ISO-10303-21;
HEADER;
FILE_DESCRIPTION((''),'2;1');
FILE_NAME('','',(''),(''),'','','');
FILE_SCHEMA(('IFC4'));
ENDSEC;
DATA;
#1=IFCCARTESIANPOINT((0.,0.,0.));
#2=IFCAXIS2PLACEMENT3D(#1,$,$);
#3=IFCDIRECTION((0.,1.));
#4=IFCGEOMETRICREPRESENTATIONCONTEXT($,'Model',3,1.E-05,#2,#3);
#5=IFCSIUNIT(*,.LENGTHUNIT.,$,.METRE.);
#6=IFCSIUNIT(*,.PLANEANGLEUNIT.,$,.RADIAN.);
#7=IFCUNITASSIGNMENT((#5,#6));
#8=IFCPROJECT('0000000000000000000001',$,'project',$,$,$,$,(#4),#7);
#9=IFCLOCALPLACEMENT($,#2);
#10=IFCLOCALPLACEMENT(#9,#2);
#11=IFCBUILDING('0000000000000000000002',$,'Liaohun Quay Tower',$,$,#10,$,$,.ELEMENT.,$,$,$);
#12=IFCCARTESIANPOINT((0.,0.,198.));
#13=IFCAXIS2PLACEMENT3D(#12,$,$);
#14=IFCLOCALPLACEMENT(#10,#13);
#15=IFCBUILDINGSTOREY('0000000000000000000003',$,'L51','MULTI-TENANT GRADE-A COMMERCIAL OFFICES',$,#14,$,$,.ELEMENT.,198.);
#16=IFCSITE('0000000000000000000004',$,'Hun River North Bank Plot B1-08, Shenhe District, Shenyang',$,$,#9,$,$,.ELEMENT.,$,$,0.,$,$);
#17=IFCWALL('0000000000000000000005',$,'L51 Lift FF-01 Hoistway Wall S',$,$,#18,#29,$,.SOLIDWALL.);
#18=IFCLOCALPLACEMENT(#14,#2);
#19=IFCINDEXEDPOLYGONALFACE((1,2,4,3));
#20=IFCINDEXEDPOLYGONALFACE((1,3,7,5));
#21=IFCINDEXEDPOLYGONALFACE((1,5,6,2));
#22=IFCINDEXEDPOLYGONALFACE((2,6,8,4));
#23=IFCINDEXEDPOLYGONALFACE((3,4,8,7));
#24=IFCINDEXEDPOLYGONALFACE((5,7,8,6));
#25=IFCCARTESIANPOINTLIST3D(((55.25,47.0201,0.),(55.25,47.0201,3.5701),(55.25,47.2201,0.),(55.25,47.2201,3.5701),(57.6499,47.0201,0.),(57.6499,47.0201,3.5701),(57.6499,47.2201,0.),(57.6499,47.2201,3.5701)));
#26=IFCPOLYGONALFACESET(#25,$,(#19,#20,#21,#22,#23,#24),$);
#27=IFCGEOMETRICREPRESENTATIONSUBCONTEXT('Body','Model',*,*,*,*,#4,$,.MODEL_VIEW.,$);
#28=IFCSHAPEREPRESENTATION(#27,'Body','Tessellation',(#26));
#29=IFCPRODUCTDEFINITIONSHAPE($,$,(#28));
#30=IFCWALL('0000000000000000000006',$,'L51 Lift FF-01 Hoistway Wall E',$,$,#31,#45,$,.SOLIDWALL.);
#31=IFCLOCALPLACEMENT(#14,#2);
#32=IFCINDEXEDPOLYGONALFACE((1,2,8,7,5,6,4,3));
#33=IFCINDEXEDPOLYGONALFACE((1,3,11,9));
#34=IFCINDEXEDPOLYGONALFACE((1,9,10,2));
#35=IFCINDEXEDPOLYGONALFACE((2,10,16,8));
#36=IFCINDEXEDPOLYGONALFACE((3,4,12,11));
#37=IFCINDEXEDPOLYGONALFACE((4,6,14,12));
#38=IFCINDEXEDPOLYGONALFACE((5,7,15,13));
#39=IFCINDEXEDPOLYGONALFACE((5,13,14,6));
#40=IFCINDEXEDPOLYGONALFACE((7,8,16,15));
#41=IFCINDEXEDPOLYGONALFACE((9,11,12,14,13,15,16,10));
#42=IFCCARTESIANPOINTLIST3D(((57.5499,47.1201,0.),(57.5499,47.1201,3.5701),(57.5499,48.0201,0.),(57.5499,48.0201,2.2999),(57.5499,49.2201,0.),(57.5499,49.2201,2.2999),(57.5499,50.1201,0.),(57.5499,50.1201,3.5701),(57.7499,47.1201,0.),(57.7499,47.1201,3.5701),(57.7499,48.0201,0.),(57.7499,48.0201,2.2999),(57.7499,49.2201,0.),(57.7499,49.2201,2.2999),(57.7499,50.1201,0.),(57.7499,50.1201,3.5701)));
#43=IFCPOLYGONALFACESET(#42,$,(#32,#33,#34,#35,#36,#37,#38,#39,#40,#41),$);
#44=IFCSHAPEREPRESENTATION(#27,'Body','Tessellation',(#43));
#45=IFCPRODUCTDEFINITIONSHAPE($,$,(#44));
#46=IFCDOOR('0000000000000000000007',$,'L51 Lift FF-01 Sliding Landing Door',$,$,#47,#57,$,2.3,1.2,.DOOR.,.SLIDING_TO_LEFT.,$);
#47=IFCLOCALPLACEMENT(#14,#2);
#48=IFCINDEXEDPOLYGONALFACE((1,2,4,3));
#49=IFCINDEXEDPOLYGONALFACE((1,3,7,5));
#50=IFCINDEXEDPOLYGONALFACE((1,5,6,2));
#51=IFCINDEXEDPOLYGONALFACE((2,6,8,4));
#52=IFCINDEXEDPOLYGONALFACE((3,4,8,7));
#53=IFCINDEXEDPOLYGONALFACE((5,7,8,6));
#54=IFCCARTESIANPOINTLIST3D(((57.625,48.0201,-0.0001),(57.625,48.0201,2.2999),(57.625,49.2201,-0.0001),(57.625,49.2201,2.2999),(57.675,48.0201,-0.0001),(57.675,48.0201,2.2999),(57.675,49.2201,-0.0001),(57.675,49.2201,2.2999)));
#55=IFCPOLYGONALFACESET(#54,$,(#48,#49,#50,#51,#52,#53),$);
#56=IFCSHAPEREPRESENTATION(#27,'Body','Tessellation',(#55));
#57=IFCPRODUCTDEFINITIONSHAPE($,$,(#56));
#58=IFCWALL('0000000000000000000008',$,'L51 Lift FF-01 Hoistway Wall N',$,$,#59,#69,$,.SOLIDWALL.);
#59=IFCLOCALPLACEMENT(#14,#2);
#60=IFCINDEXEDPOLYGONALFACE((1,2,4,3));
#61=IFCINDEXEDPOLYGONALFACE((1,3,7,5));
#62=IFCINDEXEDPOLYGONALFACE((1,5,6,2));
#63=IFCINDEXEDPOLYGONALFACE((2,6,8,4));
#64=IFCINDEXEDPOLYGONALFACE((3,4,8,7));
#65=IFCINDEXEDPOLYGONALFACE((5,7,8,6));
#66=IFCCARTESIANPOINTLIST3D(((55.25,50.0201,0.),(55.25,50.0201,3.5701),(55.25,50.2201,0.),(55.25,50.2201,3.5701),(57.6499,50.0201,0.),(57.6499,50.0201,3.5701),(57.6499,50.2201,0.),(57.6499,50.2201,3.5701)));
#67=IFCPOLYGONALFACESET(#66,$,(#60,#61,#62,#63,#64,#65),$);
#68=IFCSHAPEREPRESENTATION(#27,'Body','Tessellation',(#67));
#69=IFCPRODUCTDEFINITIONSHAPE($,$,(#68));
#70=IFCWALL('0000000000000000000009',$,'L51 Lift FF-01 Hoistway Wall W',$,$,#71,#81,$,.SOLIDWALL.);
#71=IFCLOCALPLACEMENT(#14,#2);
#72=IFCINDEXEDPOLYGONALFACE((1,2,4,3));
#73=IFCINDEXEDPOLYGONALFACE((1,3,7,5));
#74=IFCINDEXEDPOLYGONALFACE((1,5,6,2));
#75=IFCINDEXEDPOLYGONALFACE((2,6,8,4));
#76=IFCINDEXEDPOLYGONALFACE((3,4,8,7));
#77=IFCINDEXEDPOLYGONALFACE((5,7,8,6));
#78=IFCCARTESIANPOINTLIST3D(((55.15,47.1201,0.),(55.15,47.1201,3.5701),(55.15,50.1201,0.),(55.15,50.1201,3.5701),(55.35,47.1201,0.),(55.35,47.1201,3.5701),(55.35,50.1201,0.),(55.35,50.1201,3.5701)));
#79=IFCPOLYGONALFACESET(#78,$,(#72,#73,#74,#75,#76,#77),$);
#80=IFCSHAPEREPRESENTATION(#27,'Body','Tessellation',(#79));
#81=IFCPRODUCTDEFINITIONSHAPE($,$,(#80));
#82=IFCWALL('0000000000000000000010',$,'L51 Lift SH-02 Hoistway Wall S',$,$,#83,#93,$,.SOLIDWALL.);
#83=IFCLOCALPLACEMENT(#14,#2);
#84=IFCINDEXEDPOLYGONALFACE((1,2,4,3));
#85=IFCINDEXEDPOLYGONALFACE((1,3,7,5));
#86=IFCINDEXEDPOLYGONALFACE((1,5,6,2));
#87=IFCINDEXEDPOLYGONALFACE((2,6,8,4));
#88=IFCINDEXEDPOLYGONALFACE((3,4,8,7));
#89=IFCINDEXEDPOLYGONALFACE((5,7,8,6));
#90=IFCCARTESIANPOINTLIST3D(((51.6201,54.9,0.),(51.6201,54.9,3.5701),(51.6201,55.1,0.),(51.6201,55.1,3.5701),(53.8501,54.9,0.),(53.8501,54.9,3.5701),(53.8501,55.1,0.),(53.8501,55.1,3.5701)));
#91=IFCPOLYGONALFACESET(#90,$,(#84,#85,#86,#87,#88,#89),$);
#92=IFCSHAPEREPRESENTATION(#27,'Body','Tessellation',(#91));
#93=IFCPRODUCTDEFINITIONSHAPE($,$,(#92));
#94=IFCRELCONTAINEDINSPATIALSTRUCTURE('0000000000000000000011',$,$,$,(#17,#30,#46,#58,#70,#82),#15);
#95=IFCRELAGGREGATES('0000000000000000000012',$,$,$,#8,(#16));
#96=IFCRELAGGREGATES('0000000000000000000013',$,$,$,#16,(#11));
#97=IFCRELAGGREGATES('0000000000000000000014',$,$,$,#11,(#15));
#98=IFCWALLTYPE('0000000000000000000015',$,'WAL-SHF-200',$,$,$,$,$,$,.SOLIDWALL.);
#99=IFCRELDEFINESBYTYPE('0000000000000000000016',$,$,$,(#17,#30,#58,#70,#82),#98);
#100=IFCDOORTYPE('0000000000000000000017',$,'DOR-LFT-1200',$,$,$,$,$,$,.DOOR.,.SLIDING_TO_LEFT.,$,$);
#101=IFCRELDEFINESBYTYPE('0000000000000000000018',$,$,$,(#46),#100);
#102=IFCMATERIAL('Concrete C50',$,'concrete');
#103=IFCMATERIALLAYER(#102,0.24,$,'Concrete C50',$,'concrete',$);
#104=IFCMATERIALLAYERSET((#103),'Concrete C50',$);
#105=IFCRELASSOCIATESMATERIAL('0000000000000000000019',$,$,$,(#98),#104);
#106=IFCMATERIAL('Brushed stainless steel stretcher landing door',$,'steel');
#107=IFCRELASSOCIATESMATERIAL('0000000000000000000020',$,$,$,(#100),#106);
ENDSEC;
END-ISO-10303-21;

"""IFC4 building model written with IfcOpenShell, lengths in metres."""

from ifc_helpers import new_model, si_unit, direction, frame, frame_2d, origin, place, context, subcontext, project, spatial, rectangle, extrude, source, transform, mapped, material, layer, layer_set, type_object, element, fill, save


model = new_model("IFC4")

# Units and contexts
model_context = context("Model", 3, precision=1e-05, world=origin(), true_north=direction((0.0, 1.0)))
body_context = subcontext(model_context, "Body", "Model", "MODEL_VIEW")
ifc_project = project(units=[si_unit("LENGTHUNIT", "METRE"), si_unit("PLANEANGLEUNIT", "RADIAN")], contexts=[model_context])

# Site, building, storey
site_placement = place(None, origin())
site = spatial("IfcSite", under=ifc_project, at=site_placement, Name="Hun River North Bank Plot B1-08, Shenhe District, Shenyang", CompositionType="ELEMENT", RefElevation=0.0)
building_placement = place(site_placement, origin())
building = spatial("IfcBuilding", under=site, at=building_placement, Name="Liaohun Quay Tower", CompositionType="ELEMENT")
storey_placement = place(building_placement, frame((0.0, 0.0, 198.0)))
storey = spatial("IfcBuildingStorey", under=building, at=storey_placement, Name="L51", Description="MULTI-TENANT GRADE-A COMMERCIAL OFFICES", CompositionType="ELEMENT", Elevation=198.0)

# Wall
ifc_material_1 = material(Name="Concrete C50", Category="concrete")
ifc_layer_1 = layer(ifc_material_1, 0.24, Name="Concrete C50", Category="concrete")
ifc_layer_set_1 = layer_set([ifc_layer_1], Name="Concrete C50")
wall_type_1 = type_object("IfcWallType", Name="WAL-SHF-200", PredefinedType="SOLIDWALL", material=ifc_layer_set_1)
wall_1_placement = place(storey_placement, frame((55.25, 47.1201, 0.0), z_axis=(0.0, 0.0, 1.0), x_axis=(1.0, 0.0, 0.0)))
element("IfcWall", 1, at=wall_1_placement, inside=storey, type_object=wall_type_1, Name="L51 Lift FF-01 Hoistway Wall S", PredefinedType="SOLIDWALL", context=body_context, shape_type="SweptSolid", body=[
    extrude(rectangle(XDim=2.3999, YDim=0.2, at=frame_2d((1.2, 0.0))), origin(), (0.0, 0.0, 1.0), 3.5701),
])

# Wall, opening, door
wall_2_placement = place(storey_placement, frame((57.6499, 47.1201, 0.0), z_axis=(0.0, 0.0, 1.0), x_axis=(0.0, 1.0, 0.0)))
wall_2 = element("IfcWall", 2, at=wall_2_placement, inside=storey, type_object=wall_type_1, Name="L51 Lift FF-01 Hoistway Wall E", PredefinedType="SOLIDWALL", context=body_context, shape_type="SweptSolid", body=[
    extrude(rectangle(XDim=3.0, YDim=0.2, at=frame_2d((1.5, 0.0))), origin(), (0.0, 0.0, 1.0), 3.5701),
])
shared_shape_1 = source(origin(), body_context, "Body", "SweptSolid", [
    extrude(rectangle(XDim=1.2, YDim=2.3, at=frame_2d((0.6001, 1.1499))), frame((0.0, 0.1099, 0.0), z_axis=(0.0, -1.0, 0.0), x_axis=(1.0, 0.0, 0.0)), (0.0, 0.0, 1.0), 0.22),
])
opening_1_placement = place(wall_2_placement, frame((0.8999, 0.0, 0.0)))
opening_1 = element("IfcOpeningElement", 3, at=opening_1_placement, cuts=wall_2, PredefinedType="OPENING", context=body_context, shape_type="MappedRepresentation", body=[
    mapped(shared_shape_1, transform((0.0, 0.0, 0.0), x_axis=(1.0, 0.0, 0.0), y_axis=(0.0, 1.0, 0.0), z_axis=(0.0, 0.0, 1.0), scale=1.0)),
])
ifc_material_2 = material(Name="Brushed stainless steel stretcher landing door", Category="steel")
door_type_1 = type_object("IfcDoorType", Name="DOR-LFT-1200", OperationType="SLIDING_TO_LEFT", PredefinedType="DOOR", material=ifc_material_2)
shared_shape_2 = source(origin(), body_context, "Body", "SweptSolid", [
    extrude(rectangle(XDim=1.2, YDim=2.3, at=frame_2d((0.6001, 1.1499))), frame((0.0, 0.0249, 0.0), z_axis=(0.0, -1.0, 0.0), x_axis=(1.0, 0.0, 0.0)), (0.0, 0.0, 1.0), 0.05),
])
door_1_placement = place(opening_1_placement, origin())
door_1 = element("IfcDoor", 4, at=door_1_placement, inside=storey, type_object=door_type_1, Name="L51 Lift FF-01 Sliding Landing Door", OperationType="SLIDING_TO_LEFT", OverallHeight=2.3, OverallWidth=1.2, PredefinedType="DOOR", context=body_context, shape_type="MappedRepresentation", body=[
    mapped(shared_shape_2, transform((0.0, 0.0, 0.0), x_axis=(1.0, 0.0, 0.0), y_axis=(0.0, 1.0, 0.0), z_axis=(0.0, 0.0, 1.0), scale=1.0)),
])
fill(opening_1, door_1)

# Walls
wall_3_placement = place(storey_placement, frame((57.6499, 50.1201, 0.0), z_axis=(0.0, 0.0, 1.0), x_axis=(-1.0, 0.0, 0.0)))
element("IfcWall", 5, at=wall_3_placement, inside=storey, type_object=wall_type_1, Name="L51 Lift FF-01 Hoistway Wall N", PredefinedType="SOLIDWALL", context=body_context, shape_type="SweptSolid", body=[
    extrude(rectangle(XDim=2.3999, YDim=0.2, at=frame_2d((1.2, 0.0))), origin(), (0.0, 0.0, 1.0), 3.5701),
])
wall_4_placement = place(storey_placement, frame((55.25, 50.1201, 0.0), z_axis=(0.0, 0.0, 1.0), x_axis=(0.0, -1.0, 0.0)))
element("IfcWall", 6, at=wall_4_placement, inside=storey, type_object=wall_type_1, Name="L51 Lift FF-01 Hoistway Wall W", PredefinedType="SOLIDWALL", context=body_context, shape_type="SweptSolid", body=[
    extrude(rectangle(XDim=3.0, YDim=0.2, at=frame_2d((1.5, 0.0))), origin(), (0.0, 0.0, 1.0), 3.5701),
])
wall_5_placement = place(storey_placement, frame((51.6201, 55.0, 0.0), z_axis=(0.0, 0.0, 1.0), x_axis=(1.0, 0.0, 0.0)))
element("IfcWall", 7, at=wall_5_placement, inside=storey, type_object=wall_type_1, Name="L51 Lift SH-02 Hoistway Wall S", PredefinedType="SOLIDWALL", context=body_context, shape_type="SweptSolid", body=[
    extrude(rectangle(XDim=2.23, YDim=0.2, at=frame_2d((1.115, 0.0))), origin(), (0.0, 0.0, 1.0), 3.5701),
])

save(model, "model.ifc")
